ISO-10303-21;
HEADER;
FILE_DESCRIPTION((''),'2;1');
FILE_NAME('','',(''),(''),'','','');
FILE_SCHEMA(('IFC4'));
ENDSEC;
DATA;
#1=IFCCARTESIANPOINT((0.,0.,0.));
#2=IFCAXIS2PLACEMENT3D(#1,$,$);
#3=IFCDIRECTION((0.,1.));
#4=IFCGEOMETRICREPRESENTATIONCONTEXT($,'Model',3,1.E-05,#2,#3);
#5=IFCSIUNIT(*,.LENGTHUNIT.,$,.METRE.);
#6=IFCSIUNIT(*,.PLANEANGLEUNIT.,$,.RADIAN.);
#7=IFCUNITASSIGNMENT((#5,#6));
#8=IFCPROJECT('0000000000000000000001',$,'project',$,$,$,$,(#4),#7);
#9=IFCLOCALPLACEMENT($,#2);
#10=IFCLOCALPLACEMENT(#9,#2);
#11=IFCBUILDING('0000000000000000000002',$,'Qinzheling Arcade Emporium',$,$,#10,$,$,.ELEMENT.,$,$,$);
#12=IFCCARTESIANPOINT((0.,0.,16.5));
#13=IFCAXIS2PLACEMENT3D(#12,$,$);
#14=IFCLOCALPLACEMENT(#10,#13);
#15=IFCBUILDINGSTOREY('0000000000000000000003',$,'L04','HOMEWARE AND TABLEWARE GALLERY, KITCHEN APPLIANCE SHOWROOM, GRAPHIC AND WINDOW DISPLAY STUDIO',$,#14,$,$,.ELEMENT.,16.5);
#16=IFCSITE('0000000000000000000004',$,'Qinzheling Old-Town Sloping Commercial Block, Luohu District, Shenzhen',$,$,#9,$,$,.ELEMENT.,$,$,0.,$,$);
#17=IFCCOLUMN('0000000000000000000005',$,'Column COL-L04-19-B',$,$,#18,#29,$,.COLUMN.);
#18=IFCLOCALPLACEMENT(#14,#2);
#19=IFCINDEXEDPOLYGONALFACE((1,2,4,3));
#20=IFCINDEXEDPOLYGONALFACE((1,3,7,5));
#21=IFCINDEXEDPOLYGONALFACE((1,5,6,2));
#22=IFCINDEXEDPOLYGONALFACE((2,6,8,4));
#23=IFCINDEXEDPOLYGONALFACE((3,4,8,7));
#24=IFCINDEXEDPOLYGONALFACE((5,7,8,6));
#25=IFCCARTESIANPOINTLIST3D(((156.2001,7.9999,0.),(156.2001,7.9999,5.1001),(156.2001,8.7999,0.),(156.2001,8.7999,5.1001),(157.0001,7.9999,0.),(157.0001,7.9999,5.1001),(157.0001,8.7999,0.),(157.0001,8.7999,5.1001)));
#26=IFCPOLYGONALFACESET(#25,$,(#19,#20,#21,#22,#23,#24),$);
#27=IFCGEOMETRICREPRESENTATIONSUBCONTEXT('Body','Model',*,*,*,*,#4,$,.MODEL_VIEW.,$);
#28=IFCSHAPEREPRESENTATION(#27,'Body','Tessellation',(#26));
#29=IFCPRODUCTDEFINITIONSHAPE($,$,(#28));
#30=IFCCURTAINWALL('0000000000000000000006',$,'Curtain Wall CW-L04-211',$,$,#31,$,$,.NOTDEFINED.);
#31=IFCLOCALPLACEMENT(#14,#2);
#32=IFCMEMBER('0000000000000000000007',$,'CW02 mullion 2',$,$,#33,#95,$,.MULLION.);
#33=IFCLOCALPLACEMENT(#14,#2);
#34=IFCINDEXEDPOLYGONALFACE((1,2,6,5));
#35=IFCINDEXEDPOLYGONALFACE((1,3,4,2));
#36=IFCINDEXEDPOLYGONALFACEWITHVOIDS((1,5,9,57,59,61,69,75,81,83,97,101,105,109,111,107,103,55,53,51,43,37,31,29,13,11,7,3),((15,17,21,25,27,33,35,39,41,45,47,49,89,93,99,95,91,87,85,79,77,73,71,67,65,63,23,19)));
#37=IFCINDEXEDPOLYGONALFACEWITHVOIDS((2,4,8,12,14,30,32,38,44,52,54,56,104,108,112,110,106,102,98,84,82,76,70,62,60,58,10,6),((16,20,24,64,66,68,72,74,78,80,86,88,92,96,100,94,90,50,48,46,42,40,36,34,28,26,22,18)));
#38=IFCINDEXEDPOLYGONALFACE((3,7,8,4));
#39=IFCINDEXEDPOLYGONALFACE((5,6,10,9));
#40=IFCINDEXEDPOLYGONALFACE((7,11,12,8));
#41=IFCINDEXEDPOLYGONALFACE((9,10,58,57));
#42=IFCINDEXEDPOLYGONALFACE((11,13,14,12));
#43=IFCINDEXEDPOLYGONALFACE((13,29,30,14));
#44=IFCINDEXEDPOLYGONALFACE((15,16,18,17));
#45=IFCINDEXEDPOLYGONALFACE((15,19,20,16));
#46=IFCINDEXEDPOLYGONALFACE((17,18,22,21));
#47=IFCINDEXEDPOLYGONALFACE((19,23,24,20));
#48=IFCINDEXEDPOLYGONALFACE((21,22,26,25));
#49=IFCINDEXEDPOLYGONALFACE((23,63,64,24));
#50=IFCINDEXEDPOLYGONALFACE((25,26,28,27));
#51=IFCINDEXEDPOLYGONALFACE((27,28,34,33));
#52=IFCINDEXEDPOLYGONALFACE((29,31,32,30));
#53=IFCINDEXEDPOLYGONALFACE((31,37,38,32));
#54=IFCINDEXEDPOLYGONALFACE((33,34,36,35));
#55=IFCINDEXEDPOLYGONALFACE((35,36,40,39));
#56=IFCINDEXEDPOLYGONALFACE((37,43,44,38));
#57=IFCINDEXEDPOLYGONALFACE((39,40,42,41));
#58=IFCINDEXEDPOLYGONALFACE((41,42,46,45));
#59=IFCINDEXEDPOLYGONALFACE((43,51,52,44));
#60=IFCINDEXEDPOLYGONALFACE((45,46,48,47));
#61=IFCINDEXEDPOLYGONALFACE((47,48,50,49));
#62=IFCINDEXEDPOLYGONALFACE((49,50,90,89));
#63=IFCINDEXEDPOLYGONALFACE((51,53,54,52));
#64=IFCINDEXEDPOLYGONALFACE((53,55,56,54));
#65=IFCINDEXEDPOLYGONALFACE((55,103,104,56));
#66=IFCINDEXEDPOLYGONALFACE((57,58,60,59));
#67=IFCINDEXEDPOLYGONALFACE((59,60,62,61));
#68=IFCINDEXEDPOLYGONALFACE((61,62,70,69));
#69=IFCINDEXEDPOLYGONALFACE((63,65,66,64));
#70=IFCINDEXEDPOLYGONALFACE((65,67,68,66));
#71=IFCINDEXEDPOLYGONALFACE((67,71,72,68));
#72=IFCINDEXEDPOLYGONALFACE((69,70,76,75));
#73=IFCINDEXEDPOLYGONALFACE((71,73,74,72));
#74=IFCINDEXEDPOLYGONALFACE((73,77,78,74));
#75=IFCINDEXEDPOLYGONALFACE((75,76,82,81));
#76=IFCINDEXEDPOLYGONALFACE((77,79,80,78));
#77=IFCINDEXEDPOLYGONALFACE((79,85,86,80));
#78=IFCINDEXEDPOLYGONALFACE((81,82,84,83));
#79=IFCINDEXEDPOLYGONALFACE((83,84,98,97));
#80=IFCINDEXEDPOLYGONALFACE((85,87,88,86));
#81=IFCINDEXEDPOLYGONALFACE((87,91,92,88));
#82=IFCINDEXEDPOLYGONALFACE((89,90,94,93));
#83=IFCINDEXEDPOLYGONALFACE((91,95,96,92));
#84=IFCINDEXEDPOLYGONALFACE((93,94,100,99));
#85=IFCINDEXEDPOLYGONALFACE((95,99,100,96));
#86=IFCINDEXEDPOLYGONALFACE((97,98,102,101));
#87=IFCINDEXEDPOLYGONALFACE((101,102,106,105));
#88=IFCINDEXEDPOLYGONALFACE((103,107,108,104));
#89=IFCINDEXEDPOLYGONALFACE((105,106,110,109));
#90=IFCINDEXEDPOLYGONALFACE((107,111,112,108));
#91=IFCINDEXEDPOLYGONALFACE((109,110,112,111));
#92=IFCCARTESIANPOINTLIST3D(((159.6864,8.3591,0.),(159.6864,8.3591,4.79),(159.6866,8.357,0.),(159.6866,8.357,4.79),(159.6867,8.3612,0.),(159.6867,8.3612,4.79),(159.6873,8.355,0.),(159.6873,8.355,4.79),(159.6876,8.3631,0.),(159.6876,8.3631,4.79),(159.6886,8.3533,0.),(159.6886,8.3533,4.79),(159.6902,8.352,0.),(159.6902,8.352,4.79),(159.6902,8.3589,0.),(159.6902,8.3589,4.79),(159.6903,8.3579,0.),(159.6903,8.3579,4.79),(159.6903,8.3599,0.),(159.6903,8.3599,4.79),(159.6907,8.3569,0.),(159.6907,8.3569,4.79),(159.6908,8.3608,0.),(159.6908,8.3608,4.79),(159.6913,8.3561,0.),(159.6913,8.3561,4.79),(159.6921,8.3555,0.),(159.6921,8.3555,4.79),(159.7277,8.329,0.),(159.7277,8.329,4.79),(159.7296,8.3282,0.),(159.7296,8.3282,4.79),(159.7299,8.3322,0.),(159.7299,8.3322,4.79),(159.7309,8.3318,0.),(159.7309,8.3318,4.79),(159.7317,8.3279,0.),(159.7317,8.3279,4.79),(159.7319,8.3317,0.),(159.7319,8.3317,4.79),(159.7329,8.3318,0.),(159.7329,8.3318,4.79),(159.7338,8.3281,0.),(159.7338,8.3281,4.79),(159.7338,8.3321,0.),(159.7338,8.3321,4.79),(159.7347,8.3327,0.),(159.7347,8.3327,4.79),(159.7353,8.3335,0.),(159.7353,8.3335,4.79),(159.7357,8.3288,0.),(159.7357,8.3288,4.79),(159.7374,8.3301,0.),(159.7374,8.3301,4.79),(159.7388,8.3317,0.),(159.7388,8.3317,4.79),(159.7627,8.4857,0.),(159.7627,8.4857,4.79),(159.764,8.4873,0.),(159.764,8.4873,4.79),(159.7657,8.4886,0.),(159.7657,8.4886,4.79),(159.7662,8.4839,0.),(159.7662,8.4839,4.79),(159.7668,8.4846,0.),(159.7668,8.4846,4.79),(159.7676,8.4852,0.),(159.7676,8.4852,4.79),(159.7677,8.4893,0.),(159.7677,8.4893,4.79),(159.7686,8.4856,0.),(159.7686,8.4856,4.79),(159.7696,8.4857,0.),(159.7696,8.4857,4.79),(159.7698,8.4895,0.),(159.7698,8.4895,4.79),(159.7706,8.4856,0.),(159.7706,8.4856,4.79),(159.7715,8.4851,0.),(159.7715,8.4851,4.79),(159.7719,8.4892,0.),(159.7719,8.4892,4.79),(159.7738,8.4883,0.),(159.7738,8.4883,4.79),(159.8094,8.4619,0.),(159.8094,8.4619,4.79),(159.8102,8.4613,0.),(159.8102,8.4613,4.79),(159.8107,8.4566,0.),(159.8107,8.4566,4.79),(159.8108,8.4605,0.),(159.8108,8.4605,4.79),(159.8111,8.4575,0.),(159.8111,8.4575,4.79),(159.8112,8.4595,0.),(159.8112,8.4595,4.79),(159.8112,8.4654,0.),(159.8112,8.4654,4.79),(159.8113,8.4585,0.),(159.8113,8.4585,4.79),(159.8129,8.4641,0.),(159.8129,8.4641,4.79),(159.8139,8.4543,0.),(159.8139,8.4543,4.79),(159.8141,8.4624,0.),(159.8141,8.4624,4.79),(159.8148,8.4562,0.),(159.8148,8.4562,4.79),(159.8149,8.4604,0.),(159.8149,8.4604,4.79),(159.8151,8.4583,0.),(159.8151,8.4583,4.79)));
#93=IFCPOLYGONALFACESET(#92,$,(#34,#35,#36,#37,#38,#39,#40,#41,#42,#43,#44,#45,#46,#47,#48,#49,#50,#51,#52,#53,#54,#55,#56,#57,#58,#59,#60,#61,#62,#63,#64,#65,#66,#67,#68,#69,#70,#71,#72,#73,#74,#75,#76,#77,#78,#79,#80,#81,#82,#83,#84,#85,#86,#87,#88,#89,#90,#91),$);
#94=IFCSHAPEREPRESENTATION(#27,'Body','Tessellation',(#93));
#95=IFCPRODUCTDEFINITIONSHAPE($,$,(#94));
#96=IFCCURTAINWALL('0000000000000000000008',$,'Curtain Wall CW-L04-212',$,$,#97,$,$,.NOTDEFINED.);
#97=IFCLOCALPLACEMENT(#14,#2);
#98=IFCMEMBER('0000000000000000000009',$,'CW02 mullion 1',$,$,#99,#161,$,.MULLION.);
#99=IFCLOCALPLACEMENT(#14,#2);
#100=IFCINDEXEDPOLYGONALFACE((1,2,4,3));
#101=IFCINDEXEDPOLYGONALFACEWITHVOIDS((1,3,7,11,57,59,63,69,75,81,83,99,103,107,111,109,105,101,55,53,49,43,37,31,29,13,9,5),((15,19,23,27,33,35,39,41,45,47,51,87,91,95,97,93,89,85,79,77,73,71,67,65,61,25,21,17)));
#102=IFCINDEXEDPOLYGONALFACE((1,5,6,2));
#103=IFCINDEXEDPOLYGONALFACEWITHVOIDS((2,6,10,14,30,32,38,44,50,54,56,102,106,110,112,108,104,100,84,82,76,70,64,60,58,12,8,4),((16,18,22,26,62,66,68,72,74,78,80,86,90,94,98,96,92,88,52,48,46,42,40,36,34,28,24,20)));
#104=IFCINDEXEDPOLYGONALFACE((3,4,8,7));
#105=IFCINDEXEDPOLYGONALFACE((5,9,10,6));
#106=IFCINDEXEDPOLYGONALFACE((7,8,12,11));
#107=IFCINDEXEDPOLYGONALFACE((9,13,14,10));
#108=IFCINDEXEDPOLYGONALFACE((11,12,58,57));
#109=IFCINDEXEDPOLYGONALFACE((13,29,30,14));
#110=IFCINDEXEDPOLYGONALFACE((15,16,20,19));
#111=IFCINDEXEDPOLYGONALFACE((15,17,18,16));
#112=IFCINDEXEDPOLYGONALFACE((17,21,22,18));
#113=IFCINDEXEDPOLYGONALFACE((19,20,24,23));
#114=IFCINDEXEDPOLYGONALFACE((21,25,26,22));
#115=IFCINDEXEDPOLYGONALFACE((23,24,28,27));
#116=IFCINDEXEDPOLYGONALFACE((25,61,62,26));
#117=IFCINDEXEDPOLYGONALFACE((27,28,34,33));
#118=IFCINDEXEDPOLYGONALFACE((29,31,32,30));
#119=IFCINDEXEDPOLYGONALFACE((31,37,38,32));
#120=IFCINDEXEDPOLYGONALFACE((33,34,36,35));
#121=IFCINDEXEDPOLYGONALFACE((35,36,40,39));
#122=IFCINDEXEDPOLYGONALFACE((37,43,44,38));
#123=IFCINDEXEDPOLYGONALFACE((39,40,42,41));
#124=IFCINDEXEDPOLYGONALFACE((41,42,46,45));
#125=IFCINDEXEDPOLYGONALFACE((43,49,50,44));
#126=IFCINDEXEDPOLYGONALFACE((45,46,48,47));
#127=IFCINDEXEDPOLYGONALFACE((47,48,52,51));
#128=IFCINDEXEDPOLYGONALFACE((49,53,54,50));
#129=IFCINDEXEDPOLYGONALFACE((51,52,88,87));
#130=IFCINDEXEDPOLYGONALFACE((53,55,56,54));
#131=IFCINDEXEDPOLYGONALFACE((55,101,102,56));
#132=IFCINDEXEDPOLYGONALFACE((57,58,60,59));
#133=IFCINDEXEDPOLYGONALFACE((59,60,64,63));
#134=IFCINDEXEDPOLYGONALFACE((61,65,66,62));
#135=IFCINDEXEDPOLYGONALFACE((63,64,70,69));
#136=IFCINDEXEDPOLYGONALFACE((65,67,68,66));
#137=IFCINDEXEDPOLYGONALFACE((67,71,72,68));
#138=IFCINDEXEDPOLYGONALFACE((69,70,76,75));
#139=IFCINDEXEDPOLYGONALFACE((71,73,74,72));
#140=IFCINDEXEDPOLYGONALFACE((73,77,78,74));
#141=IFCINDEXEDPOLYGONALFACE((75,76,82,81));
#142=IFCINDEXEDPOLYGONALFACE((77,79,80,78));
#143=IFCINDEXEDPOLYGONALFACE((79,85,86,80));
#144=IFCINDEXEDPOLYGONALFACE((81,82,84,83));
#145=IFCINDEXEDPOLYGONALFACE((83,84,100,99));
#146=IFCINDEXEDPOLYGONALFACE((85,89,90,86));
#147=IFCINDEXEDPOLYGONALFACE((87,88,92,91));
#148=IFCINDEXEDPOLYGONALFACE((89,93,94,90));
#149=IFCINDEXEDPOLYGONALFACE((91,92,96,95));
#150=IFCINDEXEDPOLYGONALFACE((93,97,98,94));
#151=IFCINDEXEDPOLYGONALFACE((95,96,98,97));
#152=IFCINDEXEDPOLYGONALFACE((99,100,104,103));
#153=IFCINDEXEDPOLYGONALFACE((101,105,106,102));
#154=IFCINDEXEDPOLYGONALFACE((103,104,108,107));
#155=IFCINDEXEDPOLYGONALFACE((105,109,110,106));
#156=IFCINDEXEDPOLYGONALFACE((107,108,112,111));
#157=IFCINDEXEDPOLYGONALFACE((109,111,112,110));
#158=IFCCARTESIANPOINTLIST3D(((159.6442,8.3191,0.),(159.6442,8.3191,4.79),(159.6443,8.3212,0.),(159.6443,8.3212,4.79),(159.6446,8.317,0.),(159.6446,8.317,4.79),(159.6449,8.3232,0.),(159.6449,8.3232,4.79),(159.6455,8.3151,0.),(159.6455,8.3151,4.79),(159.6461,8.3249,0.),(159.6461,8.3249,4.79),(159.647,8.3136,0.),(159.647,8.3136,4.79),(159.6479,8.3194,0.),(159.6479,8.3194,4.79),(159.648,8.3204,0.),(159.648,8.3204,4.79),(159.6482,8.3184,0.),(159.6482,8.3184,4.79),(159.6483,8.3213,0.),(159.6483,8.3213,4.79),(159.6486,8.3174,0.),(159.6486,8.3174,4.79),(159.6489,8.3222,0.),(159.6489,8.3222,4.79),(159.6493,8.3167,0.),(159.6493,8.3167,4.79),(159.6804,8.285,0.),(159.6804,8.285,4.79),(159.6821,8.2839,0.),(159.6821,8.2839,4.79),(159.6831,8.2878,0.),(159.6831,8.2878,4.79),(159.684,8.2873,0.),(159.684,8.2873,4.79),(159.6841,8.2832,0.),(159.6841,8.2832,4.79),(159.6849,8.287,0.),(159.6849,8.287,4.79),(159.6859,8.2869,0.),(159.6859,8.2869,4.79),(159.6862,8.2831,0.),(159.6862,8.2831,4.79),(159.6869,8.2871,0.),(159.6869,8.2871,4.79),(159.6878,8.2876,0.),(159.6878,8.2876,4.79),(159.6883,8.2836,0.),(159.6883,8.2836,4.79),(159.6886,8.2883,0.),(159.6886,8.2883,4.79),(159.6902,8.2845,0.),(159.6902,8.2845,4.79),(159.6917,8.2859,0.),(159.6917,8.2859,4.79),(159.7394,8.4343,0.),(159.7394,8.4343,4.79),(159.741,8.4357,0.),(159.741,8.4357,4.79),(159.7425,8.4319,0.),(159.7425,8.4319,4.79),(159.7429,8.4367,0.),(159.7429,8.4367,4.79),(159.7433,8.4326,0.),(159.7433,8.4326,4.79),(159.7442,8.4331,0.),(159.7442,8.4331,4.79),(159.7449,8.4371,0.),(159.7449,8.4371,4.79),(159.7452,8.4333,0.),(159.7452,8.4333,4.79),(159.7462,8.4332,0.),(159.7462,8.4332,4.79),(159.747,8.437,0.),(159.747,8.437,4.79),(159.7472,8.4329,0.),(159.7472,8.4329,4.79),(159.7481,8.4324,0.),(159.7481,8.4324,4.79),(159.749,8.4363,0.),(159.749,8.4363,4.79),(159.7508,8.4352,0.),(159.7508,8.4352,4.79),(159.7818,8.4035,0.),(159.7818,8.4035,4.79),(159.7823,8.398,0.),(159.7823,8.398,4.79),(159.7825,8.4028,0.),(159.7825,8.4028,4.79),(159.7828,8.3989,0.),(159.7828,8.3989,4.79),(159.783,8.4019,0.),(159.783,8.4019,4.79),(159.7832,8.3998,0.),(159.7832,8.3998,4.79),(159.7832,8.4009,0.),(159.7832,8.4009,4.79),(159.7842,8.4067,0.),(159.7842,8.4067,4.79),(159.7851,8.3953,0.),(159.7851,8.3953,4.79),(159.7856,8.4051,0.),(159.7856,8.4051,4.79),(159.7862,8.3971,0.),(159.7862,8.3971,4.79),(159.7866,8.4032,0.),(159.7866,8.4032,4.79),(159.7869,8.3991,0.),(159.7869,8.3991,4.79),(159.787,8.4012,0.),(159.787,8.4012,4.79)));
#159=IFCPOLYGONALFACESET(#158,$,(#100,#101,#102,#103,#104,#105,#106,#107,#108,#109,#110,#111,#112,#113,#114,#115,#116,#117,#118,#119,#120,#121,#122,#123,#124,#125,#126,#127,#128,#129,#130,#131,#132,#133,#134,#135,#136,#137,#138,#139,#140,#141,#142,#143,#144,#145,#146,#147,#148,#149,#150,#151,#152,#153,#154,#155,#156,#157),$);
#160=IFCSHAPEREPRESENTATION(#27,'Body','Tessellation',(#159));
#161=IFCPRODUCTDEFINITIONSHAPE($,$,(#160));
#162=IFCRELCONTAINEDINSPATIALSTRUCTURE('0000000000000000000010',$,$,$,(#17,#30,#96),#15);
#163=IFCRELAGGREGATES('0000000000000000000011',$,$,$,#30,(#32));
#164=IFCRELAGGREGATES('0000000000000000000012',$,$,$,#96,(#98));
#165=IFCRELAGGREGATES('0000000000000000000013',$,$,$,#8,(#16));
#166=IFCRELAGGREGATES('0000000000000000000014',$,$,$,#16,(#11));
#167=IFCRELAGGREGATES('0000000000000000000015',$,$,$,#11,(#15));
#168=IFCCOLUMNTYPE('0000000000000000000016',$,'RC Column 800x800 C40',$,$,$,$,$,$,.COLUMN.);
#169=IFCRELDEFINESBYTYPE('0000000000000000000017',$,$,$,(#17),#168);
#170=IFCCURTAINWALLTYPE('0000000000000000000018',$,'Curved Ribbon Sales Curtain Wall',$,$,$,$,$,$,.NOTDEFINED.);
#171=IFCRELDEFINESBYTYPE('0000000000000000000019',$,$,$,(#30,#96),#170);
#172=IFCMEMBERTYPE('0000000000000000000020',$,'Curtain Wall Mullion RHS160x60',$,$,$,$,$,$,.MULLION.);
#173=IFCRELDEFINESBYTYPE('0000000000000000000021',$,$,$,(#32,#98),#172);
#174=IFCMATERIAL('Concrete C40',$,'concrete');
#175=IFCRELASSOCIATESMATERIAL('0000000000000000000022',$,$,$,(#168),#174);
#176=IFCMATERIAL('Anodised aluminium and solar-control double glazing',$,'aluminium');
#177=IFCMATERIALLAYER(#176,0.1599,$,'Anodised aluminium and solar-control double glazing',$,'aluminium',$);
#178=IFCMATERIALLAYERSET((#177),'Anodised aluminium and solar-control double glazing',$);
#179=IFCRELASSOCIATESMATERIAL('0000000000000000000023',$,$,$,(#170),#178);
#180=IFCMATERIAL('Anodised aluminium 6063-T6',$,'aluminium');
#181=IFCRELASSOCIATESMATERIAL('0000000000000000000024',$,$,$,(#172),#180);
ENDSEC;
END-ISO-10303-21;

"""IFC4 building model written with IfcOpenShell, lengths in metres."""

from ifc_helpers import new_model, si_unit, direction, frame, origin, origin_2d, place, context, subcontext, project, spatial, rectangle, hollow_rectangle, extrude, material, layer, layer_set, material_profile, profile_set, type_object, element, aggregate, save


model = new_model("IFC4")

# Units and contexts
model_context = context("Model", 3, precision=1e-05, world=origin(), true_north=direction((0.0, 1.0)))
body_context = subcontext(model_context, "Body", "Model", "MODEL_VIEW")
ifc_project = project(units=[si_unit("LENGTHUNIT", "METRE"), si_unit("PLANEANGLEUNIT", "RADIAN")], contexts=[model_context])

# Site, building, storey
site_placement = place(None, origin())
site = spatial("IfcSite", under=ifc_project, at=site_placement, Name="Qinzheling Old-Town Sloping Commercial Block, Luohu District, Shenzhen", CompositionType="ELEMENT", RefElevation=0.0)
building_placement = place(site_placement, origin())
building = spatial("IfcBuilding", under=site, at=building_placement, Name="Qinzheling Arcade Emporium", CompositionType="ELEMENT")
storey_placement = place(building_placement, frame((0.0, 0.0, 16.5)))
storey = spatial("IfcBuildingStorey", under=building, at=storey_placement, Name="L04", Description="HOMEWARE AND TABLEWARE GALLERY, KITCHEN APPLIANCE SHOWROOM, GRAPHIC AND WINDOW DISPLAY STUDIO", CompositionType="ELEMENT", Elevation=16.5)

# Column
ifc_material_1 = material(Name="Concrete C40", Category="concrete")
ifc_material_profile_1 = material_profile(ifc_material_1, rectangle(XDim=0.8, YDim=0.8, at=origin_2d()), Name="RC 800x800", Category="concrete")
ifc_profile_set_1 = profile_set([ifc_material_profile_1], Name="Concrete C40")
column_type = type_object("IfcColumnType", Name="RC Column 800x800 C40", PredefinedType="COLUMN", material=ifc_profile_set_1)
column_placement = place(storey_placement, frame((156.6001, 8.3999, 0.0), z_axis=(0.0, 0.0, 1.0), x_axis=(1.0, 0.0, 0.0)))
element("IfcColumn", 1, at=column_placement, inside=storey, type_object=column_type, Name="Column COL-L04-19-B", PredefinedType="COLUMN", context=body_context, shape_type="SweptSolid", body=[
    extrude(rectangle(XDim=0.8, YDim=0.8, at=origin_2d()), origin(), (0.0, 0.0, 1.0), 5.1001),
])

# Curtain wall, member
ifc_material_2 = material(Name="Anodised aluminium and solar-control double glazing", Category="aluminium")
ifc_layer_1 = layer(ifc_material_2, 0.1599, Name="Anodised aluminium and solar-control double glazing", Category="aluminium")
ifc_layer_set_1 = layer_set([ifc_layer_1], Name="Anodised aluminium and solar-control double glazing")
curtain_wall_type = type_object("IfcCurtainWallType", Name="Curved Ribbon Sales Curtain Wall", PredefinedType="NOTDEFINED", material=ifc_layer_set_1)
curtain_wall_1_placement = place(storey_placement, origin())
curtain_wall_1 = element("IfcCurtainWall", 2, at=curtain_wall_1_placement, inside=storey, type_object=curtain_wall_type, Name="Curtain Wall CW-L04-211", PredefinedType="NOTDEFINED")
ifc_material_3 = material(Name="Anodised aluminium 6063-T6", Category="aluminium")
ifc_material_profile_2 = material_profile(ifc_material_3, hollow_rectangle(XDim=0.0601, YDim=0.1599, WallThickness=0.0039, InnerFilletRadius=0.0039, OuterFilletRadius=0.0081, at=origin_2d()), Name="RHS 160x60x4", Category="aluminium")
ifc_profile_set_2 = profile_set([ifc_material_profile_2], Name="Anodised aluminium 6063-T6")
member_type_1 = type_object("IfcMemberType", Name="Curtain Wall Mullion RHS160x60", PredefinedType="MULLION", material=ifc_profile_set_2)
member_1_placement = place(storey_placement, frame((159.7507, 8.4087, 0.0), z_axis=(0.0, 0.0, 1.0), x_axis=(0.85262, -0.522532, 0.0)))
member_1 = element("IfcMember", 3, at=member_1_placement, type_object=member_type_1, Name="CW02 mullion 2", PredefinedType="MULLION", context=body_context, shape_type="SweptSolid", body=[
    extrude(hollow_rectangle(XDim=0.0601, YDim=0.1599, WallThickness=0.0039, InnerFilletRadius=0.0039, OuterFilletRadius=0.0081, at=origin_2d()), origin(), (0.0, 0.0, 1.0), 4.79),
])

# Curtain wall, member
curtain_wall_2_placement = place(storey_placement, origin())
curtain_wall_2 = element("IfcCurtainWall", 4, at=curtain_wall_2_placement, inside=storey, type_object=curtain_wall_type, Name="Curtain Wall CW-L04-212", PredefinedType="NOTDEFINED")
member_2_placement = place(storey_placement, frame((159.7156, 8.3601, 0.0), z_axis=(0.0, 0.0, 1.0), x_axis=(0.760575, -0.64925, 0.0)))
member_2 = element("IfcMember", 5, at=member_2_placement, type_object=member_type_1, Name="CW02 mullion 1", PredefinedType="MULLION", context=body_context, shape_type="SweptSolid", body=[
    extrude(hollow_rectangle(XDim=0.0601, YDim=0.1599, WallThickness=0.0039, InnerFilletRadius=0.0039, OuterFilletRadius=0.0081, at=origin_2d()), origin(), (0.0, 0.0, 1.0), 4.79),
])

aggregate(curtain_wall_1, [member_1])
aggregate(curtain_wall_2, [member_2])

save(model, "model.ifc")
